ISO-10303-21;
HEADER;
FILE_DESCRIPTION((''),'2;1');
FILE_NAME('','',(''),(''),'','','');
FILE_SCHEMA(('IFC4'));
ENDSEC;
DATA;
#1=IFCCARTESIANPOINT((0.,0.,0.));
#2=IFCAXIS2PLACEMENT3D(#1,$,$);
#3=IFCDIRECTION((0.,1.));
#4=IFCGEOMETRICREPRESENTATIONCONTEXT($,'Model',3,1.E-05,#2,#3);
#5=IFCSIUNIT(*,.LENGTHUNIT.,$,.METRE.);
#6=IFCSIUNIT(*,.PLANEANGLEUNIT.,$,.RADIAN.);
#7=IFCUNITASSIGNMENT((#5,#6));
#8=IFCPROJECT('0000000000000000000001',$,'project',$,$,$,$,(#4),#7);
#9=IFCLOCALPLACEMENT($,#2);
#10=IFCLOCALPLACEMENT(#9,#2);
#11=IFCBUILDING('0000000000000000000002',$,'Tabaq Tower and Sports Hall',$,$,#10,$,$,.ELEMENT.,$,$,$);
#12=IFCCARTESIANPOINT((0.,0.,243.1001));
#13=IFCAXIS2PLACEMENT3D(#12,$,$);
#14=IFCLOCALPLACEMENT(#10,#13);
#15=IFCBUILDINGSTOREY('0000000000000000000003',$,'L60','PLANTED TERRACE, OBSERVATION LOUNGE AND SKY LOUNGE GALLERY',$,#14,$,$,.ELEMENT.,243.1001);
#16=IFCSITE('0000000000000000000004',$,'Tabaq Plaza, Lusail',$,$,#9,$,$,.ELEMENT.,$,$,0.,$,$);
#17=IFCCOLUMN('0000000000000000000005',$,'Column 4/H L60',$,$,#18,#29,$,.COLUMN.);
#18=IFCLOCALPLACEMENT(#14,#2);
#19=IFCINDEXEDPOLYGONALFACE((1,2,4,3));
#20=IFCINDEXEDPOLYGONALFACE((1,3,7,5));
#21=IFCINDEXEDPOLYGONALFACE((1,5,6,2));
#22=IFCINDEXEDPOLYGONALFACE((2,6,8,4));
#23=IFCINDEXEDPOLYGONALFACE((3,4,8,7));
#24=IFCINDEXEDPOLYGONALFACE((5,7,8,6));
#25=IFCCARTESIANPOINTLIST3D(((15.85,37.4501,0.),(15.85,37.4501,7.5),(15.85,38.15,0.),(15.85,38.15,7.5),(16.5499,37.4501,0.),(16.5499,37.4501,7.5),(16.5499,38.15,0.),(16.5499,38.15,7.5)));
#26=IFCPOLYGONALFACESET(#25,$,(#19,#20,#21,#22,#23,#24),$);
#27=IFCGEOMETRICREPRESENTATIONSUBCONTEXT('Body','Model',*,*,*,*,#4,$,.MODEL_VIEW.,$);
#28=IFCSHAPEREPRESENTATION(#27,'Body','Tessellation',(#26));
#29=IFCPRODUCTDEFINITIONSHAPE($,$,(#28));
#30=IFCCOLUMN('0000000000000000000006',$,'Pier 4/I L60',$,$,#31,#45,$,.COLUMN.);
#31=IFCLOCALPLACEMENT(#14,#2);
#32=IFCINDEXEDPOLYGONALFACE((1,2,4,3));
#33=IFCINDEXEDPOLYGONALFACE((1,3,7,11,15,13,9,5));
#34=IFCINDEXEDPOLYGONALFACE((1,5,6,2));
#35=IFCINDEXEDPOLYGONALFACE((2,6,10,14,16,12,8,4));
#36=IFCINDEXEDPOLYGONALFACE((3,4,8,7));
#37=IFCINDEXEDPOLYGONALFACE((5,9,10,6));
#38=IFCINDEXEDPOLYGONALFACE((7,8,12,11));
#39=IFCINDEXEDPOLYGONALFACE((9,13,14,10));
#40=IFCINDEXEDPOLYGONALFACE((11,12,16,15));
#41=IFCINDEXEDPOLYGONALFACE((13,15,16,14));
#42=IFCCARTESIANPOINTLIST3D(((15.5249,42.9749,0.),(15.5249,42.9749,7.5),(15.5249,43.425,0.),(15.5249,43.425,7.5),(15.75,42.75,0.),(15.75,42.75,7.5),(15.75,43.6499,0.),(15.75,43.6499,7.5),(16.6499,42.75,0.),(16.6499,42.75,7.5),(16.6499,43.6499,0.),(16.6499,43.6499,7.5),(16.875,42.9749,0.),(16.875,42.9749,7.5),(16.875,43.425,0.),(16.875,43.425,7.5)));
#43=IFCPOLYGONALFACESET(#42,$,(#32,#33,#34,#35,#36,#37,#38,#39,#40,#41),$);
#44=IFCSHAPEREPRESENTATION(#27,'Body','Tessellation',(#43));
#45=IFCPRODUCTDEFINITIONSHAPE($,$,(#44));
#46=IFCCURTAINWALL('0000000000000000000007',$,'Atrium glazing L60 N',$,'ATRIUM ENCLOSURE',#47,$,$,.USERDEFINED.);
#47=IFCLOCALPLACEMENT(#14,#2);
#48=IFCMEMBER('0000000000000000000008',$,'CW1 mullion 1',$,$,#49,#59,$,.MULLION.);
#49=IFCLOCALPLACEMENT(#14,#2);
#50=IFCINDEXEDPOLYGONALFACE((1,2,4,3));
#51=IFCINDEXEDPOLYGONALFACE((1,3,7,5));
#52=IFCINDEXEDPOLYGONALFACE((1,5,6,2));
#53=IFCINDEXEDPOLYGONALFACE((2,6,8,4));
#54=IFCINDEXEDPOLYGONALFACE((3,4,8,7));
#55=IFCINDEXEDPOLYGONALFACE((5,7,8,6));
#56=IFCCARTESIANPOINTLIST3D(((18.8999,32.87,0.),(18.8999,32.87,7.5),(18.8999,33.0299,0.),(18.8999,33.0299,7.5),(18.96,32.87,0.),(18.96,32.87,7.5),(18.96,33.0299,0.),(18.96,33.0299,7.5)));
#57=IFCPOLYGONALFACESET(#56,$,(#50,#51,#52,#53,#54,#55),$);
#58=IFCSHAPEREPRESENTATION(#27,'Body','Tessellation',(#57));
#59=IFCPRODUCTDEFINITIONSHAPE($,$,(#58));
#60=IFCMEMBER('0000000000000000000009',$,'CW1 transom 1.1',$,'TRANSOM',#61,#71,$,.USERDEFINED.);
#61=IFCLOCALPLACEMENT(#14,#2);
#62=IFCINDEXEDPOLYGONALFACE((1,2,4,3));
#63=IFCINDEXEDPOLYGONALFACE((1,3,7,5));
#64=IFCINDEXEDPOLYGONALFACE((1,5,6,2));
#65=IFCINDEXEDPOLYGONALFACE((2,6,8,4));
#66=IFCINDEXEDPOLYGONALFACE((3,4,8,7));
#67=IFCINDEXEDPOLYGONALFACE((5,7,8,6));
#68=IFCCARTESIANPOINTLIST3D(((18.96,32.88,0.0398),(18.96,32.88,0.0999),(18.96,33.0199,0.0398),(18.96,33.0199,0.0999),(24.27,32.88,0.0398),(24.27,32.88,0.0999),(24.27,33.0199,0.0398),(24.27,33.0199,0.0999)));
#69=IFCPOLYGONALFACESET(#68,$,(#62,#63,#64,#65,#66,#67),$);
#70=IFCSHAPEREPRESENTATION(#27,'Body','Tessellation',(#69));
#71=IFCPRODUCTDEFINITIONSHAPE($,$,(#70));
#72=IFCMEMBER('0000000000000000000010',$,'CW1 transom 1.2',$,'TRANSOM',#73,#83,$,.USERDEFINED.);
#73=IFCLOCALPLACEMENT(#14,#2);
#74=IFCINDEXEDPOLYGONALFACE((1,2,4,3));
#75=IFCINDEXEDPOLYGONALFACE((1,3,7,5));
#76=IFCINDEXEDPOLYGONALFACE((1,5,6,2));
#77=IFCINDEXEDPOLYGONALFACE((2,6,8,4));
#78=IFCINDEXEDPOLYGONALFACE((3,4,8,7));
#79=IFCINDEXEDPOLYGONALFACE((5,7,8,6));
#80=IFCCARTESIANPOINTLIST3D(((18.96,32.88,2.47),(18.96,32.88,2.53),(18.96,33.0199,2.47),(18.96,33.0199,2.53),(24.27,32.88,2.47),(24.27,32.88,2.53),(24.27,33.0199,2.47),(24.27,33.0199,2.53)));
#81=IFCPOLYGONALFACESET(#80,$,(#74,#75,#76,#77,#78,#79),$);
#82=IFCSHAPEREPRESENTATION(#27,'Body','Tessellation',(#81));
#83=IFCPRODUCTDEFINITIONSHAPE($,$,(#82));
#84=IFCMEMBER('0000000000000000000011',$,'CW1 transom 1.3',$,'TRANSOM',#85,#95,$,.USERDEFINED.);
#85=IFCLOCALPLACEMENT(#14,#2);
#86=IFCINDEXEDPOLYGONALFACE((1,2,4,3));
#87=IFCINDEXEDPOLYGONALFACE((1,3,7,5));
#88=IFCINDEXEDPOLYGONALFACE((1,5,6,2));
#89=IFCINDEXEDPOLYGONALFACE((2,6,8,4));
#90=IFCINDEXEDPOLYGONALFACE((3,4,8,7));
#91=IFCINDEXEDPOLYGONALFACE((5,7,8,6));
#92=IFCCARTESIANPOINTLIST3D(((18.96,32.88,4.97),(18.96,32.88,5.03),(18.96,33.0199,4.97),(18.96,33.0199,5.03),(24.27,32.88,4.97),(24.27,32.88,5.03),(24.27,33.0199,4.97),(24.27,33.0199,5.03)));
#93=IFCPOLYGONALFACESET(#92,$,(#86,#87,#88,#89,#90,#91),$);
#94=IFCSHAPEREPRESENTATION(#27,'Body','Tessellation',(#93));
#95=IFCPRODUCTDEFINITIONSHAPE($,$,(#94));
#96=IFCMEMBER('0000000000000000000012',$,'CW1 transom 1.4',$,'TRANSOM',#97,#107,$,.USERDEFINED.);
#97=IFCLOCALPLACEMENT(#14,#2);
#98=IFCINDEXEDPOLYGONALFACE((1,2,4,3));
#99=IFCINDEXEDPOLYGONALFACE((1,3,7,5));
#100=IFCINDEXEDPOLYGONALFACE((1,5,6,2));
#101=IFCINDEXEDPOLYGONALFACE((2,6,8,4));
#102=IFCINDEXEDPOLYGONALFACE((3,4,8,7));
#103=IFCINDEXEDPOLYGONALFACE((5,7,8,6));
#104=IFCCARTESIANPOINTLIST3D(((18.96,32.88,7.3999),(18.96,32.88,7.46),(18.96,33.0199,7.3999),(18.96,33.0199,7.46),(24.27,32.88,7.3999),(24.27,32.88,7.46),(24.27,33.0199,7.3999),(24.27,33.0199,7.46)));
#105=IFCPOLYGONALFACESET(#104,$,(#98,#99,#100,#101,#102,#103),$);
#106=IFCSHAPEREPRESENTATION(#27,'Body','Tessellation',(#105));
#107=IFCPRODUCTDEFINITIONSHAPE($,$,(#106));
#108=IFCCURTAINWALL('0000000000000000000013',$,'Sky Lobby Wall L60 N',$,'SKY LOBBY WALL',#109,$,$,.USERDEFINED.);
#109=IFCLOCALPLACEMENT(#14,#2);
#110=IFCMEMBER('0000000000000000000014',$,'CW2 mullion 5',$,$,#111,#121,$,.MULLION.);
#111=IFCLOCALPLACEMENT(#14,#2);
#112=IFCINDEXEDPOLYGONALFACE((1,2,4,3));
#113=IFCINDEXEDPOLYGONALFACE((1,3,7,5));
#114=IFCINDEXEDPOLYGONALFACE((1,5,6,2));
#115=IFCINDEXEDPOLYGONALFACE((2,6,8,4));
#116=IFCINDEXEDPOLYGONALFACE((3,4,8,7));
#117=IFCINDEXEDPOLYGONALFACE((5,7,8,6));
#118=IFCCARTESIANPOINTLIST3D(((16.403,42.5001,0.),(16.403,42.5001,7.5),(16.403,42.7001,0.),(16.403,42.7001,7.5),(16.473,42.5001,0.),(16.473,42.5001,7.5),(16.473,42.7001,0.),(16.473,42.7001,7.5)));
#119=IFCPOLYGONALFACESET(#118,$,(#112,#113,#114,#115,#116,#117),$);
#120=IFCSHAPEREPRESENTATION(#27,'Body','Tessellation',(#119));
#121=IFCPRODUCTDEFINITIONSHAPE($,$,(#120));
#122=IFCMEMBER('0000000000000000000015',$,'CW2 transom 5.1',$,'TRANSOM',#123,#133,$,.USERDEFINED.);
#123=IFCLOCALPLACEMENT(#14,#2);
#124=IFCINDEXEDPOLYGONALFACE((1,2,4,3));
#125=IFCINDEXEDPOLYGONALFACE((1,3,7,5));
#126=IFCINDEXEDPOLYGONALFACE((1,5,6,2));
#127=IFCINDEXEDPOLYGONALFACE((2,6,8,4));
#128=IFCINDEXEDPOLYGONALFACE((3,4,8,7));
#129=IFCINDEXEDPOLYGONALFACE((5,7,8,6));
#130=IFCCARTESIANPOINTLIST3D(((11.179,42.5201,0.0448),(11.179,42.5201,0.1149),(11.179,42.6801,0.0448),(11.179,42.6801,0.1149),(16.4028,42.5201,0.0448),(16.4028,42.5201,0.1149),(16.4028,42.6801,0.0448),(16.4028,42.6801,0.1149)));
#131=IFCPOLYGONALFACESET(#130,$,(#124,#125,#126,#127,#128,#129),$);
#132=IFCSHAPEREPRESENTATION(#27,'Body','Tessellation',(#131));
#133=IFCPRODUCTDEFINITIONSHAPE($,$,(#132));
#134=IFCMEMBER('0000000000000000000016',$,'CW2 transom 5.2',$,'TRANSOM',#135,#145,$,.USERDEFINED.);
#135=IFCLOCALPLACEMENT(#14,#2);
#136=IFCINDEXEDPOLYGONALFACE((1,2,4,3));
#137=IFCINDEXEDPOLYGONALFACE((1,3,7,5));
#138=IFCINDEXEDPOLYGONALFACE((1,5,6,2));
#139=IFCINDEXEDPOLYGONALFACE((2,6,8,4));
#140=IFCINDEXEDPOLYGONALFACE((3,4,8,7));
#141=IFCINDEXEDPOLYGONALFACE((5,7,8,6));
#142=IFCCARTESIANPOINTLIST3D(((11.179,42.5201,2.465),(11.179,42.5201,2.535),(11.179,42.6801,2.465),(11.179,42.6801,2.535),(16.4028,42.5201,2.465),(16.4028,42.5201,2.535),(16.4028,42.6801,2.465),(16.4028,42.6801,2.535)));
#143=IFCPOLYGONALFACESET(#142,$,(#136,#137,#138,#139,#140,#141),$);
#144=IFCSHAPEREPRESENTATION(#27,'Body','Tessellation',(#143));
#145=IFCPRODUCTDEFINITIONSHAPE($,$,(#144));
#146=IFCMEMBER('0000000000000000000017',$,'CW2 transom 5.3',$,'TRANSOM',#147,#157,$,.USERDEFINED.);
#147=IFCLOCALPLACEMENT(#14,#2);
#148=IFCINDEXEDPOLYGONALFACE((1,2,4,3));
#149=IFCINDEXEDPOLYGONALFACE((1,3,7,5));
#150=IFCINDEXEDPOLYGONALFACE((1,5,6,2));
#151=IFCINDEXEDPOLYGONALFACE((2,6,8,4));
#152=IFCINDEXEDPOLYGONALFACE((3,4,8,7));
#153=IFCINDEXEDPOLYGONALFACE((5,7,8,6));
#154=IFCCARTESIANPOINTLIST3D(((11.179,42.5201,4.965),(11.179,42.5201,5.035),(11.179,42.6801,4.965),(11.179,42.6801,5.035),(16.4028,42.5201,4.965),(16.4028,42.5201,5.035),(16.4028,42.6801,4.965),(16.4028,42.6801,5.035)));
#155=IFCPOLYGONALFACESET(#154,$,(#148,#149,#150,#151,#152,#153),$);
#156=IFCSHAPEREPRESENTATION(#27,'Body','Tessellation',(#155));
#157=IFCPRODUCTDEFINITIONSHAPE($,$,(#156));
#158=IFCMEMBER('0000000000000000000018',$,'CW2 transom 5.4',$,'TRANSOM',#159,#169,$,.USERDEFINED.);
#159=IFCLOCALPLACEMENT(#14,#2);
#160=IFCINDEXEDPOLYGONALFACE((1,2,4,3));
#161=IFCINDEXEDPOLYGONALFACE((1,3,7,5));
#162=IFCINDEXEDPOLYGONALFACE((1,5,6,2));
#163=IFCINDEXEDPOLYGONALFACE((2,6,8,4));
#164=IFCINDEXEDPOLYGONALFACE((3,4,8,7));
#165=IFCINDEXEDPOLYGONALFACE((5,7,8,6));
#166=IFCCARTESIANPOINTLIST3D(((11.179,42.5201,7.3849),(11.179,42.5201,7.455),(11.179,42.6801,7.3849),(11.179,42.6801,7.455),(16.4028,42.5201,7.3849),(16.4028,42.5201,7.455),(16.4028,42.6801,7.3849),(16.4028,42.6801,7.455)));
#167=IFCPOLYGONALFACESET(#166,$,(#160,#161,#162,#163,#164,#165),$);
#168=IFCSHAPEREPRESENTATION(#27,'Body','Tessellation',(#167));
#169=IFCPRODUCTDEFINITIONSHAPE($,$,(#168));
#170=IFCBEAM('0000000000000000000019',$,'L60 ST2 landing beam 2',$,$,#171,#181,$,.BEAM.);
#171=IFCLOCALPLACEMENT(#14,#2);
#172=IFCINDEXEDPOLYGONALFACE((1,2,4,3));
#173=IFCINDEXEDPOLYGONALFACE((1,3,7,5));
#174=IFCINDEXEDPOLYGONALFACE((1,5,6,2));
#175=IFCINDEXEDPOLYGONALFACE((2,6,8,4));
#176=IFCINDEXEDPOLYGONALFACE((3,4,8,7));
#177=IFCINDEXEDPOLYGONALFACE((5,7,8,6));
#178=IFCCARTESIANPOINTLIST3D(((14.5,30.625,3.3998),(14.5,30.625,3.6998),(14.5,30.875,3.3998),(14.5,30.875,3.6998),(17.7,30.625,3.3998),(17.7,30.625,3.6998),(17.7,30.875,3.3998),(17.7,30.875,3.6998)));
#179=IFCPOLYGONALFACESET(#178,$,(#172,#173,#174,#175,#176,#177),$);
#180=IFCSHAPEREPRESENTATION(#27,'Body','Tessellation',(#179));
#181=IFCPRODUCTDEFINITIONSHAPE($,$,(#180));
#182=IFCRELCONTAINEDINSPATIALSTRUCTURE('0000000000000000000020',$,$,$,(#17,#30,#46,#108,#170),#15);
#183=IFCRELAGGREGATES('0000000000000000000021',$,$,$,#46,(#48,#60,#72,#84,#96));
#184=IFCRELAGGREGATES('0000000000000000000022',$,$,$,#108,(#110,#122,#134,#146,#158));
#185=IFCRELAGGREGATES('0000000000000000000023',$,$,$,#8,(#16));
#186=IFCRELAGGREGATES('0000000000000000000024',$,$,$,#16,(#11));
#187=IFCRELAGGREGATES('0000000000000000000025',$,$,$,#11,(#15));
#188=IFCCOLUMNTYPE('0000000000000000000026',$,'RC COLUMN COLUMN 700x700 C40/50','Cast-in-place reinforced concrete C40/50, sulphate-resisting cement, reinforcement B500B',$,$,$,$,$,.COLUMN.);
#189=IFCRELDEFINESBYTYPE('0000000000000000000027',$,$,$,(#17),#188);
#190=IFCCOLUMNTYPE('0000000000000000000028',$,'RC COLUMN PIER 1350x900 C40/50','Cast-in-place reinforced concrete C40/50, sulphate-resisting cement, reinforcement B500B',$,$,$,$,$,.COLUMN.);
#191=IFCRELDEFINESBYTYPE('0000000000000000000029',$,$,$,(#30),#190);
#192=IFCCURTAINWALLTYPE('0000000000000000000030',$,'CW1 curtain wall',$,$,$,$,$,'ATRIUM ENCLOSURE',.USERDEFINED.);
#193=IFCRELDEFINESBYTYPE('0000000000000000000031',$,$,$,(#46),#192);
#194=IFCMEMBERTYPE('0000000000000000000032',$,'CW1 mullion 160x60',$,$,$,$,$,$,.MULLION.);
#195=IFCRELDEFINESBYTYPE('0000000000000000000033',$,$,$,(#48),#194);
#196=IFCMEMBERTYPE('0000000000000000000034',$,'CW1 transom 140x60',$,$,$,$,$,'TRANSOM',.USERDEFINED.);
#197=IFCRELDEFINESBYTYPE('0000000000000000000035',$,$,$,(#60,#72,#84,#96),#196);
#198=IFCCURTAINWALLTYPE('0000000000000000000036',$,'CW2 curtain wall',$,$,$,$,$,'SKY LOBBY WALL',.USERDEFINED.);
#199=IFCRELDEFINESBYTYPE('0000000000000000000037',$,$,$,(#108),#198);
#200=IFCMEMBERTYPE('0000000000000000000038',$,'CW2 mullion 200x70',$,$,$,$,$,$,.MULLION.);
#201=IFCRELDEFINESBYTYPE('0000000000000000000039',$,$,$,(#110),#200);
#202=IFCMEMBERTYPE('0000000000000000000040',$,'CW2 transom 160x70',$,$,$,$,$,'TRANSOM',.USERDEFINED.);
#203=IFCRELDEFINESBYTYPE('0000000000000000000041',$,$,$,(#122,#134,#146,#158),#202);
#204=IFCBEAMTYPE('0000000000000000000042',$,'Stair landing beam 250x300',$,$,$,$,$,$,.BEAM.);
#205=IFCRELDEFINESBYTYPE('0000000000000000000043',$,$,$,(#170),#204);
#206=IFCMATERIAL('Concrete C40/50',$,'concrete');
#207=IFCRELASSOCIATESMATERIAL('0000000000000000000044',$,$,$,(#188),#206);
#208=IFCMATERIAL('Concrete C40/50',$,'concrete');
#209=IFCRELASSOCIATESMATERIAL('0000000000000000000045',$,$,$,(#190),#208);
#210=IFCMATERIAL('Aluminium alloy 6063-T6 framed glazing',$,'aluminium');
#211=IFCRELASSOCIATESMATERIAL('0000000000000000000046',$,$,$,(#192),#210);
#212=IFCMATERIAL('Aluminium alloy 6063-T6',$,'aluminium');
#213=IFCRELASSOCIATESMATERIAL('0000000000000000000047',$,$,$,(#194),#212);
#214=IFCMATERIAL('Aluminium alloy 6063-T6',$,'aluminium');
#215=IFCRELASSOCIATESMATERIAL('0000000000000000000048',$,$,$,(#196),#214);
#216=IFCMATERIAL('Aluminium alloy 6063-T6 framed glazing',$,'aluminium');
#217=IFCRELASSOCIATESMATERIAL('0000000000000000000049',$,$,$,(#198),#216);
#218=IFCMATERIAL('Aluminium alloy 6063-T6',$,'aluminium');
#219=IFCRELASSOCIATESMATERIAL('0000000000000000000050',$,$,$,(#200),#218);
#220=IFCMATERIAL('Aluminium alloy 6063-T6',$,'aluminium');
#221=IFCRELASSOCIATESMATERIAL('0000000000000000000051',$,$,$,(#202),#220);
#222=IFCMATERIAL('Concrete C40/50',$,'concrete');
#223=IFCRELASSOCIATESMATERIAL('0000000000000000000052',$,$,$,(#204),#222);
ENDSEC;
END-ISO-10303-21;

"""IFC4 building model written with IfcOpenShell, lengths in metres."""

from ifc_helpers import new_model, si_unit, direction, frame, origin, origin_2d, place, context, subcontext, project, spatial, polyline, rectangle, outline, extrude, material, material_profile, profile_set, type_object, element, aggregate, save


model = new_model("IFC4")

# Units and contexts
model_context = context("Model", 3, precision=1e-05, world=origin(), true_north=direction((0.0, 1.0)))
body_context = subcontext(model_context, "Body", "Model", "MODEL_VIEW")
ifc_project = project(units=[si_unit("LENGTHUNIT", "METRE"), si_unit("PLANEANGLEUNIT", "RADIAN")], contexts=[model_context])

# Site, building, storey
site_placement = place(None, origin())
site = spatial("IfcSite", under=ifc_project, at=site_placement, Name="Tabaq Plaza, Lusail", CompositionType="ELEMENT", RefElevation=0.0)
building_placement = place(site_placement, origin())
building = spatial("IfcBuilding", under=site, at=building_placement, Name="Tabaq Tower and Sports Hall", CompositionType="ELEMENT")
storey_placement = place(building_placement, frame((0.0, 0.0, 243.1001)))
storey = spatial("IfcBuildingStorey", under=building, at=storey_placement, Name="L60", Description="PLANTED TERRACE, OBSERVATION LOUNGE AND SKY LOUNGE GALLERY", CompositionType="ELEMENT", Elevation=243.1001)

# Columns
ifc_material_1 = material(Name="Concrete C40/50", Category="concrete")
ifc_material_profile_1 = material_profile(ifc_material_1, rectangle(XDim=0.7, YDim=0.7, at=origin_2d()), Name="COLUMN 700x700")
ifc_profile_set_1 = profile_set([ifc_material_profile_1], Name="Concrete C40/50")
column_type_1 = type_object("IfcColumnType", Name="RC COLUMN COLUMN 700x700 C40/50", Description="Cast-in-place reinforced concrete C40/50, sulphate-resisting cement, reinforcement B500B", PredefinedType="COLUMN", material=ifc_profile_set_1)
column_1_placement = place(storey_placement, frame((16.2, 37.8, 0.0), z_axis=(0.0, 0.0, 1.0), x_axis=(1.0, 0.0, 0.0)))
element("IfcColumn", 1, at=column_1_placement, inside=storey, type_object=column_type_1, Name="Column 4/H L60", PredefinedType="COLUMN", context=body_context, shape_type="SweptSolid", body=[
    extrude(rectangle(XDim=0.7, YDim=0.7, at=origin_2d()), origin(), (0.0, 0.0, 1.0), 7.5),
])
ifc_material_2 = material(Name="Concrete C40/50", Category="concrete")
ifc_material_profile_2 = material_profile(ifc_material_2, outline(polyline([(-0.45, -0.45), (0.45, -0.45), (0.675, -0.2251), (0.675, 0.2251), (0.45, 0.45), (-0.45, 0.45), (-0.675, 0.2251), (-0.675, -0.2251), (-0.45, -0.45)])), Name="PIER 1350x900")
ifc_profile_set_2 = profile_set([ifc_material_profile_2], Name="Concrete C40/50")
column_type_2 = type_object("IfcColumnType", Name="RC COLUMN PIER 1350x900 C40/50", Description="Cast-in-place reinforced concrete C40/50, sulphate-resisting cement, reinforcement B500B", PredefinedType="COLUMN", material=ifc_profile_set_2)
column_2_placement = place(storey_placement, frame((16.2, 43.2, 0.0), z_axis=(0.0, 0.0, 1.0), x_axis=(1.0, 0.0, 0.0)))
element("IfcColumn", 2, at=column_2_placement, inside=storey, type_object=column_type_2, Name="Pier 4/I L60", PredefinedType="COLUMN", context=body_context, shape_type="SweptSolid", body=[
    extrude(outline(polyline([(-0.45, -0.45), (0.45, -0.45), (0.675, -0.2251), (0.675, 0.2251), (0.45, 0.45), (-0.45, 0.45), (-0.675, 0.2251), (-0.675, -0.2251), (-0.45, -0.45)])), origin(), (0.0, 0.0, 1.0), 7.5),
])

# Curtain walls, members
ifc_material_3 = material(Name="Aluminium alloy 6063-T6 framed glazing", Category="aluminium")
curtain_wall_type_1 = type_object("IfcCurtainWallType", Name="CW1 curtain wall", ElementType="ATRIUM ENCLOSURE", PredefinedType="USERDEFINED", material=ifc_material_3)
curtain_wall_1_placement = place(storey_placement, origin())
curtain_wall_1 = element("IfcCurtainWall", 3, at=curtain_wall_1_placement, inside=storey, type_object=curtain_wall_type_1, Name="Atrium glazing L60 N", ObjectType="ATRIUM ENCLOSURE", PredefinedType="USERDEFINED")
ifc_material_4 = material(Name="Aluminium alloy 6063-T6", Category="aluminium")
ifc_material_profile_3 = material_profile(ifc_material_4, rectangle(XDim=0.1599, YDim=0.0601, at=origin_2d()), Name="MULLION 160x60")
ifc_profile_set_3 = profile_set([ifc_material_profile_3], Name="Aluminium alloy 6063-T6")
member_type_1 = type_object("IfcMemberType", Name="CW1 mullion 160x60", PredefinedType="MULLION", material=ifc_profile_set_3)
member_1_placement = place(storey_placement, frame((18.9299, 32.95, 0.0), z_axis=(0.0, 0.0, 1.0), x_axis=(0.0, 1.0, 0.0)))
member_1 = element("IfcMember", 4, at=member_1_placement, type_object=member_type_1, Name="CW1 mullion 1", PredefinedType="MULLION", context=body_context, shape_type="SweptSolid", body=[
    extrude(rectangle(XDim=0.1599, YDim=0.0601, at=origin_2d()), origin(), (0.0, 0.0, 1.0), 7.5),
])
ifc_material_5 = material(Name="Aluminium alloy 6063-T6", Category="aluminium")
ifc_material_profile_4 = material_profile(ifc_material_5, rectangle(XDim=0.1399, YDim=0.0601, at=origin_2d()), Name="TRANSOM 140x60")
ifc_profile_set_4 = profile_set([ifc_material_profile_4], Name="Aluminium alloy 6063-T6")
member_type_2 = type_object("IfcMemberType", Name="CW1 transom 140x60", ElementType="TRANSOM", PredefinedType="USERDEFINED", material=ifc_profile_set_4)
member_2_placement = place(storey_placement, frame((18.96, 32.95, 0.0698), z_axis=(1.0, 0.0, 0.0), x_axis=(0.0, 1.0, 0.0)))
member_2 = element("IfcMember", 5, at=member_2_placement, type_object=member_type_2, Name="CW1 transom 1.1", ObjectType="TRANSOM", PredefinedType="USERDEFINED", context=body_context, shape_type="SweptSolid", body=[
    extrude(rectangle(XDim=0.1399, YDim=0.0601, at=origin_2d()), origin(), (0.0, 0.0, 1.0), 5.3101),
])
member_3_placement = place(storey_placement, frame((18.96, 32.95, 2.5), z_axis=(1.0, 0.0, 0.0), x_axis=(0.0, 1.0, 0.0)))
member_3 = element("IfcMember", 6, at=member_3_placement, type_object=member_type_2, Name="CW1 transom 1.2", ObjectType="TRANSOM", PredefinedType="USERDEFINED", context=body_context, shape_type="SweptSolid", body=[
    extrude(rectangle(XDim=0.1399, YDim=0.0601, at=origin_2d()), origin(), (0.0, 0.0, 1.0), 5.3101),
])
member_4_placement = place(storey_placement, frame((18.96, 32.95, 5.0), z_axis=(1.0, 0.0, 0.0), x_axis=(0.0, 1.0, 0.0)))
member_4 = element("IfcMember", 7, at=member_4_placement, type_object=member_type_2, Name="CW1 transom 1.3", ObjectType="TRANSOM", PredefinedType="USERDEFINED", context=body_context, shape_type="SweptSolid", body=[
    extrude(rectangle(XDim=0.1399, YDim=0.0601, at=origin_2d()), origin(), (0.0, 0.0, 1.0), 5.3101),
])
member_5_placement = place(storey_placement, frame((18.96, 32.95, 7.4299), z_axis=(1.0, 0.0, 0.0), x_axis=(0.0, 1.0, 0.0)))
member_5 = element("IfcMember", 8, at=member_5_placement, type_object=member_type_2, Name="CW1 transom 1.4", ObjectType="TRANSOM", PredefinedType="USERDEFINED", context=body_context, shape_type="SweptSolid", body=[
    extrude(rectangle(XDim=0.1399, YDim=0.0601, at=origin_2d()), origin(), (0.0, 0.0, 1.0), 5.3101),
])
aggregate(curtain_wall_1, [member_1, member_2, member_3, member_4, member_5])
ifc_material_6 = material(Name="Aluminium alloy 6063-T6 framed glazing", Category="aluminium")
curtain_wall_type_2 = type_object("IfcCurtainWallType", Name="CW2 curtain wall", ElementType="SKY LOBBY WALL", PredefinedType="USERDEFINED", material=ifc_material_6)
curtain_wall_2_placement = place(storey_placement, origin())
curtain_wall_2 = element("IfcCurtainWall", 9, at=curtain_wall_2_placement, inside=storey, type_object=curtain_wall_type_2, Name="Sky Lobby Wall L60 N", ObjectType="SKY LOBBY WALL", PredefinedType="USERDEFINED")
ifc_material_7 = material(Name="Aluminium alloy 6063-T6", Category="aluminium")
ifc_material_profile_5 = material_profile(ifc_material_7, rectangle(XDim=0.2, YDim=0.0701, at=origin_2d()), Name="MULLION 200x70")
ifc_profile_set_5 = profile_set([ifc_material_profile_5], Name="Aluminium alloy 6063-T6")
member_type_3 = type_object("IfcMemberType", Name="CW2 mullion 200x70", PredefinedType="MULLION", material=ifc_profile_set_5)
member_6_placement = place(storey_placement, frame((16.438, 42.6001, 0.0), z_axis=(0.0, 0.0, 1.0), x_axis=(0.0, -1.0, 0.0)))
member_6 = element("IfcMember", 10, at=member_6_placement, type_object=member_type_3, Name="CW2 mullion 5", PredefinedType="MULLION", context=body_context, shape_type="SweptSolid", body=[
    extrude(rectangle(XDim=0.2, YDim=0.0701, at=origin_2d()), origin(), (0.0, 0.0, 1.0), 7.5),
])
ifc_material_8 = material(Name="Aluminium alloy 6063-T6", Category="aluminium")
ifc_material_profile_6 = material_profile(ifc_material_8, rectangle(XDim=0.1599, YDim=0.0701, at=origin_2d()), Name="TRANSOM 160x70")
ifc_profile_set_6 = profile_set([ifc_material_profile_6], Name="Aluminium alloy 6063-T6")
member_type_4 = type_object("IfcMemberType", Name="CW2 transom 160x70", ElementType="TRANSOM", PredefinedType="USERDEFINED", material=ifc_profile_set_6)
member_7_placement = place(storey_placement, frame((16.4028, 42.6001, 0.0798), z_axis=(-1.0, 0.0, 0.0), x_axis=(0.0, -1.0, 0.0)))
member_7 = element("IfcMember", 11, at=member_7_placement, type_object=member_type_4, Name="CW2 transom 5.1", ObjectType="TRANSOM", PredefinedType="USERDEFINED", context=body_context, shape_type="SweptSolid", body=[
    extrude(rectangle(XDim=0.1599, YDim=0.0701, at=origin_2d()), origin(), (0.0, 0.0, 1.0), 5.2239),
])
member_8_placement = place(storey_placement, frame((16.4028, 42.6001, 2.5), z_axis=(-1.0, 0.0, 0.0), x_axis=(0.0, -1.0, 0.0)))
member_8 = element("IfcMember", 12, at=member_8_placement, type_object=member_type_4, Name="CW2 transom 5.2", ObjectType="TRANSOM", PredefinedType="USERDEFINED", context=body_context, shape_type="SweptSolid", body=[
    extrude(rectangle(XDim=0.1599, YDim=0.0701, at=origin_2d()), origin(), (0.0, 0.0, 1.0), 5.2239),
])
member_9_placement = place(storey_placement, frame((16.4028, 42.6001, 5.0), z_axis=(-1.0, 0.0, 0.0), x_axis=(0.0, -1.0, 0.0)))
member_9 = element("IfcMember", 13, at=member_9_placement, type_object=member_type_4, Name="CW2 transom 5.3", ObjectType="TRANSOM", PredefinedType="USERDEFINED", context=body_context, shape_type="SweptSolid", body=[
    extrude(rectangle(XDim=0.1599, YDim=0.0701, at=origin_2d()), origin(), (0.0, 0.0, 1.0), 5.2239),
])
member_10_placement = place(storey_placement, frame((16.4028, 42.6001, 7.4199), z_axis=(-1.0, 0.0, 0.0), x_axis=(0.0, -1.0, 0.0)))
member_10 = element("IfcMember", 14, at=member_10_placement, type_object=member_type_4, Name="CW2 transom 5.4", ObjectType="TRANSOM", PredefinedType="USERDEFINED", context=body_context, shape_type="SweptSolid", body=[
    extrude(rectangle(XDim=0.1599, YDim=0.0701, at=origin_2d()), origin(), (0.0, 0.0, 1.0), 5.2239),
])

# Beam
ifc_material_9 = material(Name="Concrete C40/50", Category="concrete")
ifc_material_profile_7 = material_profile(ifc_material_9, rectangle(XDim=0.25, YDim=0.3, at=origin_2d()), Name="RC 250x300")
ifc_profile_set_7 = profile_set([ifc_material_profile_7], Name="Concrete C40/50")
beam_type = type_object("IfcBeamType", Name="Stair landing beam 250x300", PredefinedType="BEAM", material=ifc_profile_set_7)
beam_placement = place(storey_placement, frame((14.5, 30.75, 3.5498), z_axis=(1.0, 0.0, 0.0), x_axis=(0.0, 1.0, 0.0)))
element("IfcBeam", 15, at=beam_placement, inside=storey, type_object=beam_type, Name="L60 ST2 landing beam 2", PredefinedType="BEAM", context=body_context, shape_type="SweptSolid", body=[
    extrude(rectangle(XDim=0.25, YDim=0.3, at=origin_2d()), origin(), (0.0, 0.0, 1.0), 3.2),
])

aggregate(curtain_wall_2, [member_6, member_7, member_8, member_9, member_10])

save(model, "model.ifc")
